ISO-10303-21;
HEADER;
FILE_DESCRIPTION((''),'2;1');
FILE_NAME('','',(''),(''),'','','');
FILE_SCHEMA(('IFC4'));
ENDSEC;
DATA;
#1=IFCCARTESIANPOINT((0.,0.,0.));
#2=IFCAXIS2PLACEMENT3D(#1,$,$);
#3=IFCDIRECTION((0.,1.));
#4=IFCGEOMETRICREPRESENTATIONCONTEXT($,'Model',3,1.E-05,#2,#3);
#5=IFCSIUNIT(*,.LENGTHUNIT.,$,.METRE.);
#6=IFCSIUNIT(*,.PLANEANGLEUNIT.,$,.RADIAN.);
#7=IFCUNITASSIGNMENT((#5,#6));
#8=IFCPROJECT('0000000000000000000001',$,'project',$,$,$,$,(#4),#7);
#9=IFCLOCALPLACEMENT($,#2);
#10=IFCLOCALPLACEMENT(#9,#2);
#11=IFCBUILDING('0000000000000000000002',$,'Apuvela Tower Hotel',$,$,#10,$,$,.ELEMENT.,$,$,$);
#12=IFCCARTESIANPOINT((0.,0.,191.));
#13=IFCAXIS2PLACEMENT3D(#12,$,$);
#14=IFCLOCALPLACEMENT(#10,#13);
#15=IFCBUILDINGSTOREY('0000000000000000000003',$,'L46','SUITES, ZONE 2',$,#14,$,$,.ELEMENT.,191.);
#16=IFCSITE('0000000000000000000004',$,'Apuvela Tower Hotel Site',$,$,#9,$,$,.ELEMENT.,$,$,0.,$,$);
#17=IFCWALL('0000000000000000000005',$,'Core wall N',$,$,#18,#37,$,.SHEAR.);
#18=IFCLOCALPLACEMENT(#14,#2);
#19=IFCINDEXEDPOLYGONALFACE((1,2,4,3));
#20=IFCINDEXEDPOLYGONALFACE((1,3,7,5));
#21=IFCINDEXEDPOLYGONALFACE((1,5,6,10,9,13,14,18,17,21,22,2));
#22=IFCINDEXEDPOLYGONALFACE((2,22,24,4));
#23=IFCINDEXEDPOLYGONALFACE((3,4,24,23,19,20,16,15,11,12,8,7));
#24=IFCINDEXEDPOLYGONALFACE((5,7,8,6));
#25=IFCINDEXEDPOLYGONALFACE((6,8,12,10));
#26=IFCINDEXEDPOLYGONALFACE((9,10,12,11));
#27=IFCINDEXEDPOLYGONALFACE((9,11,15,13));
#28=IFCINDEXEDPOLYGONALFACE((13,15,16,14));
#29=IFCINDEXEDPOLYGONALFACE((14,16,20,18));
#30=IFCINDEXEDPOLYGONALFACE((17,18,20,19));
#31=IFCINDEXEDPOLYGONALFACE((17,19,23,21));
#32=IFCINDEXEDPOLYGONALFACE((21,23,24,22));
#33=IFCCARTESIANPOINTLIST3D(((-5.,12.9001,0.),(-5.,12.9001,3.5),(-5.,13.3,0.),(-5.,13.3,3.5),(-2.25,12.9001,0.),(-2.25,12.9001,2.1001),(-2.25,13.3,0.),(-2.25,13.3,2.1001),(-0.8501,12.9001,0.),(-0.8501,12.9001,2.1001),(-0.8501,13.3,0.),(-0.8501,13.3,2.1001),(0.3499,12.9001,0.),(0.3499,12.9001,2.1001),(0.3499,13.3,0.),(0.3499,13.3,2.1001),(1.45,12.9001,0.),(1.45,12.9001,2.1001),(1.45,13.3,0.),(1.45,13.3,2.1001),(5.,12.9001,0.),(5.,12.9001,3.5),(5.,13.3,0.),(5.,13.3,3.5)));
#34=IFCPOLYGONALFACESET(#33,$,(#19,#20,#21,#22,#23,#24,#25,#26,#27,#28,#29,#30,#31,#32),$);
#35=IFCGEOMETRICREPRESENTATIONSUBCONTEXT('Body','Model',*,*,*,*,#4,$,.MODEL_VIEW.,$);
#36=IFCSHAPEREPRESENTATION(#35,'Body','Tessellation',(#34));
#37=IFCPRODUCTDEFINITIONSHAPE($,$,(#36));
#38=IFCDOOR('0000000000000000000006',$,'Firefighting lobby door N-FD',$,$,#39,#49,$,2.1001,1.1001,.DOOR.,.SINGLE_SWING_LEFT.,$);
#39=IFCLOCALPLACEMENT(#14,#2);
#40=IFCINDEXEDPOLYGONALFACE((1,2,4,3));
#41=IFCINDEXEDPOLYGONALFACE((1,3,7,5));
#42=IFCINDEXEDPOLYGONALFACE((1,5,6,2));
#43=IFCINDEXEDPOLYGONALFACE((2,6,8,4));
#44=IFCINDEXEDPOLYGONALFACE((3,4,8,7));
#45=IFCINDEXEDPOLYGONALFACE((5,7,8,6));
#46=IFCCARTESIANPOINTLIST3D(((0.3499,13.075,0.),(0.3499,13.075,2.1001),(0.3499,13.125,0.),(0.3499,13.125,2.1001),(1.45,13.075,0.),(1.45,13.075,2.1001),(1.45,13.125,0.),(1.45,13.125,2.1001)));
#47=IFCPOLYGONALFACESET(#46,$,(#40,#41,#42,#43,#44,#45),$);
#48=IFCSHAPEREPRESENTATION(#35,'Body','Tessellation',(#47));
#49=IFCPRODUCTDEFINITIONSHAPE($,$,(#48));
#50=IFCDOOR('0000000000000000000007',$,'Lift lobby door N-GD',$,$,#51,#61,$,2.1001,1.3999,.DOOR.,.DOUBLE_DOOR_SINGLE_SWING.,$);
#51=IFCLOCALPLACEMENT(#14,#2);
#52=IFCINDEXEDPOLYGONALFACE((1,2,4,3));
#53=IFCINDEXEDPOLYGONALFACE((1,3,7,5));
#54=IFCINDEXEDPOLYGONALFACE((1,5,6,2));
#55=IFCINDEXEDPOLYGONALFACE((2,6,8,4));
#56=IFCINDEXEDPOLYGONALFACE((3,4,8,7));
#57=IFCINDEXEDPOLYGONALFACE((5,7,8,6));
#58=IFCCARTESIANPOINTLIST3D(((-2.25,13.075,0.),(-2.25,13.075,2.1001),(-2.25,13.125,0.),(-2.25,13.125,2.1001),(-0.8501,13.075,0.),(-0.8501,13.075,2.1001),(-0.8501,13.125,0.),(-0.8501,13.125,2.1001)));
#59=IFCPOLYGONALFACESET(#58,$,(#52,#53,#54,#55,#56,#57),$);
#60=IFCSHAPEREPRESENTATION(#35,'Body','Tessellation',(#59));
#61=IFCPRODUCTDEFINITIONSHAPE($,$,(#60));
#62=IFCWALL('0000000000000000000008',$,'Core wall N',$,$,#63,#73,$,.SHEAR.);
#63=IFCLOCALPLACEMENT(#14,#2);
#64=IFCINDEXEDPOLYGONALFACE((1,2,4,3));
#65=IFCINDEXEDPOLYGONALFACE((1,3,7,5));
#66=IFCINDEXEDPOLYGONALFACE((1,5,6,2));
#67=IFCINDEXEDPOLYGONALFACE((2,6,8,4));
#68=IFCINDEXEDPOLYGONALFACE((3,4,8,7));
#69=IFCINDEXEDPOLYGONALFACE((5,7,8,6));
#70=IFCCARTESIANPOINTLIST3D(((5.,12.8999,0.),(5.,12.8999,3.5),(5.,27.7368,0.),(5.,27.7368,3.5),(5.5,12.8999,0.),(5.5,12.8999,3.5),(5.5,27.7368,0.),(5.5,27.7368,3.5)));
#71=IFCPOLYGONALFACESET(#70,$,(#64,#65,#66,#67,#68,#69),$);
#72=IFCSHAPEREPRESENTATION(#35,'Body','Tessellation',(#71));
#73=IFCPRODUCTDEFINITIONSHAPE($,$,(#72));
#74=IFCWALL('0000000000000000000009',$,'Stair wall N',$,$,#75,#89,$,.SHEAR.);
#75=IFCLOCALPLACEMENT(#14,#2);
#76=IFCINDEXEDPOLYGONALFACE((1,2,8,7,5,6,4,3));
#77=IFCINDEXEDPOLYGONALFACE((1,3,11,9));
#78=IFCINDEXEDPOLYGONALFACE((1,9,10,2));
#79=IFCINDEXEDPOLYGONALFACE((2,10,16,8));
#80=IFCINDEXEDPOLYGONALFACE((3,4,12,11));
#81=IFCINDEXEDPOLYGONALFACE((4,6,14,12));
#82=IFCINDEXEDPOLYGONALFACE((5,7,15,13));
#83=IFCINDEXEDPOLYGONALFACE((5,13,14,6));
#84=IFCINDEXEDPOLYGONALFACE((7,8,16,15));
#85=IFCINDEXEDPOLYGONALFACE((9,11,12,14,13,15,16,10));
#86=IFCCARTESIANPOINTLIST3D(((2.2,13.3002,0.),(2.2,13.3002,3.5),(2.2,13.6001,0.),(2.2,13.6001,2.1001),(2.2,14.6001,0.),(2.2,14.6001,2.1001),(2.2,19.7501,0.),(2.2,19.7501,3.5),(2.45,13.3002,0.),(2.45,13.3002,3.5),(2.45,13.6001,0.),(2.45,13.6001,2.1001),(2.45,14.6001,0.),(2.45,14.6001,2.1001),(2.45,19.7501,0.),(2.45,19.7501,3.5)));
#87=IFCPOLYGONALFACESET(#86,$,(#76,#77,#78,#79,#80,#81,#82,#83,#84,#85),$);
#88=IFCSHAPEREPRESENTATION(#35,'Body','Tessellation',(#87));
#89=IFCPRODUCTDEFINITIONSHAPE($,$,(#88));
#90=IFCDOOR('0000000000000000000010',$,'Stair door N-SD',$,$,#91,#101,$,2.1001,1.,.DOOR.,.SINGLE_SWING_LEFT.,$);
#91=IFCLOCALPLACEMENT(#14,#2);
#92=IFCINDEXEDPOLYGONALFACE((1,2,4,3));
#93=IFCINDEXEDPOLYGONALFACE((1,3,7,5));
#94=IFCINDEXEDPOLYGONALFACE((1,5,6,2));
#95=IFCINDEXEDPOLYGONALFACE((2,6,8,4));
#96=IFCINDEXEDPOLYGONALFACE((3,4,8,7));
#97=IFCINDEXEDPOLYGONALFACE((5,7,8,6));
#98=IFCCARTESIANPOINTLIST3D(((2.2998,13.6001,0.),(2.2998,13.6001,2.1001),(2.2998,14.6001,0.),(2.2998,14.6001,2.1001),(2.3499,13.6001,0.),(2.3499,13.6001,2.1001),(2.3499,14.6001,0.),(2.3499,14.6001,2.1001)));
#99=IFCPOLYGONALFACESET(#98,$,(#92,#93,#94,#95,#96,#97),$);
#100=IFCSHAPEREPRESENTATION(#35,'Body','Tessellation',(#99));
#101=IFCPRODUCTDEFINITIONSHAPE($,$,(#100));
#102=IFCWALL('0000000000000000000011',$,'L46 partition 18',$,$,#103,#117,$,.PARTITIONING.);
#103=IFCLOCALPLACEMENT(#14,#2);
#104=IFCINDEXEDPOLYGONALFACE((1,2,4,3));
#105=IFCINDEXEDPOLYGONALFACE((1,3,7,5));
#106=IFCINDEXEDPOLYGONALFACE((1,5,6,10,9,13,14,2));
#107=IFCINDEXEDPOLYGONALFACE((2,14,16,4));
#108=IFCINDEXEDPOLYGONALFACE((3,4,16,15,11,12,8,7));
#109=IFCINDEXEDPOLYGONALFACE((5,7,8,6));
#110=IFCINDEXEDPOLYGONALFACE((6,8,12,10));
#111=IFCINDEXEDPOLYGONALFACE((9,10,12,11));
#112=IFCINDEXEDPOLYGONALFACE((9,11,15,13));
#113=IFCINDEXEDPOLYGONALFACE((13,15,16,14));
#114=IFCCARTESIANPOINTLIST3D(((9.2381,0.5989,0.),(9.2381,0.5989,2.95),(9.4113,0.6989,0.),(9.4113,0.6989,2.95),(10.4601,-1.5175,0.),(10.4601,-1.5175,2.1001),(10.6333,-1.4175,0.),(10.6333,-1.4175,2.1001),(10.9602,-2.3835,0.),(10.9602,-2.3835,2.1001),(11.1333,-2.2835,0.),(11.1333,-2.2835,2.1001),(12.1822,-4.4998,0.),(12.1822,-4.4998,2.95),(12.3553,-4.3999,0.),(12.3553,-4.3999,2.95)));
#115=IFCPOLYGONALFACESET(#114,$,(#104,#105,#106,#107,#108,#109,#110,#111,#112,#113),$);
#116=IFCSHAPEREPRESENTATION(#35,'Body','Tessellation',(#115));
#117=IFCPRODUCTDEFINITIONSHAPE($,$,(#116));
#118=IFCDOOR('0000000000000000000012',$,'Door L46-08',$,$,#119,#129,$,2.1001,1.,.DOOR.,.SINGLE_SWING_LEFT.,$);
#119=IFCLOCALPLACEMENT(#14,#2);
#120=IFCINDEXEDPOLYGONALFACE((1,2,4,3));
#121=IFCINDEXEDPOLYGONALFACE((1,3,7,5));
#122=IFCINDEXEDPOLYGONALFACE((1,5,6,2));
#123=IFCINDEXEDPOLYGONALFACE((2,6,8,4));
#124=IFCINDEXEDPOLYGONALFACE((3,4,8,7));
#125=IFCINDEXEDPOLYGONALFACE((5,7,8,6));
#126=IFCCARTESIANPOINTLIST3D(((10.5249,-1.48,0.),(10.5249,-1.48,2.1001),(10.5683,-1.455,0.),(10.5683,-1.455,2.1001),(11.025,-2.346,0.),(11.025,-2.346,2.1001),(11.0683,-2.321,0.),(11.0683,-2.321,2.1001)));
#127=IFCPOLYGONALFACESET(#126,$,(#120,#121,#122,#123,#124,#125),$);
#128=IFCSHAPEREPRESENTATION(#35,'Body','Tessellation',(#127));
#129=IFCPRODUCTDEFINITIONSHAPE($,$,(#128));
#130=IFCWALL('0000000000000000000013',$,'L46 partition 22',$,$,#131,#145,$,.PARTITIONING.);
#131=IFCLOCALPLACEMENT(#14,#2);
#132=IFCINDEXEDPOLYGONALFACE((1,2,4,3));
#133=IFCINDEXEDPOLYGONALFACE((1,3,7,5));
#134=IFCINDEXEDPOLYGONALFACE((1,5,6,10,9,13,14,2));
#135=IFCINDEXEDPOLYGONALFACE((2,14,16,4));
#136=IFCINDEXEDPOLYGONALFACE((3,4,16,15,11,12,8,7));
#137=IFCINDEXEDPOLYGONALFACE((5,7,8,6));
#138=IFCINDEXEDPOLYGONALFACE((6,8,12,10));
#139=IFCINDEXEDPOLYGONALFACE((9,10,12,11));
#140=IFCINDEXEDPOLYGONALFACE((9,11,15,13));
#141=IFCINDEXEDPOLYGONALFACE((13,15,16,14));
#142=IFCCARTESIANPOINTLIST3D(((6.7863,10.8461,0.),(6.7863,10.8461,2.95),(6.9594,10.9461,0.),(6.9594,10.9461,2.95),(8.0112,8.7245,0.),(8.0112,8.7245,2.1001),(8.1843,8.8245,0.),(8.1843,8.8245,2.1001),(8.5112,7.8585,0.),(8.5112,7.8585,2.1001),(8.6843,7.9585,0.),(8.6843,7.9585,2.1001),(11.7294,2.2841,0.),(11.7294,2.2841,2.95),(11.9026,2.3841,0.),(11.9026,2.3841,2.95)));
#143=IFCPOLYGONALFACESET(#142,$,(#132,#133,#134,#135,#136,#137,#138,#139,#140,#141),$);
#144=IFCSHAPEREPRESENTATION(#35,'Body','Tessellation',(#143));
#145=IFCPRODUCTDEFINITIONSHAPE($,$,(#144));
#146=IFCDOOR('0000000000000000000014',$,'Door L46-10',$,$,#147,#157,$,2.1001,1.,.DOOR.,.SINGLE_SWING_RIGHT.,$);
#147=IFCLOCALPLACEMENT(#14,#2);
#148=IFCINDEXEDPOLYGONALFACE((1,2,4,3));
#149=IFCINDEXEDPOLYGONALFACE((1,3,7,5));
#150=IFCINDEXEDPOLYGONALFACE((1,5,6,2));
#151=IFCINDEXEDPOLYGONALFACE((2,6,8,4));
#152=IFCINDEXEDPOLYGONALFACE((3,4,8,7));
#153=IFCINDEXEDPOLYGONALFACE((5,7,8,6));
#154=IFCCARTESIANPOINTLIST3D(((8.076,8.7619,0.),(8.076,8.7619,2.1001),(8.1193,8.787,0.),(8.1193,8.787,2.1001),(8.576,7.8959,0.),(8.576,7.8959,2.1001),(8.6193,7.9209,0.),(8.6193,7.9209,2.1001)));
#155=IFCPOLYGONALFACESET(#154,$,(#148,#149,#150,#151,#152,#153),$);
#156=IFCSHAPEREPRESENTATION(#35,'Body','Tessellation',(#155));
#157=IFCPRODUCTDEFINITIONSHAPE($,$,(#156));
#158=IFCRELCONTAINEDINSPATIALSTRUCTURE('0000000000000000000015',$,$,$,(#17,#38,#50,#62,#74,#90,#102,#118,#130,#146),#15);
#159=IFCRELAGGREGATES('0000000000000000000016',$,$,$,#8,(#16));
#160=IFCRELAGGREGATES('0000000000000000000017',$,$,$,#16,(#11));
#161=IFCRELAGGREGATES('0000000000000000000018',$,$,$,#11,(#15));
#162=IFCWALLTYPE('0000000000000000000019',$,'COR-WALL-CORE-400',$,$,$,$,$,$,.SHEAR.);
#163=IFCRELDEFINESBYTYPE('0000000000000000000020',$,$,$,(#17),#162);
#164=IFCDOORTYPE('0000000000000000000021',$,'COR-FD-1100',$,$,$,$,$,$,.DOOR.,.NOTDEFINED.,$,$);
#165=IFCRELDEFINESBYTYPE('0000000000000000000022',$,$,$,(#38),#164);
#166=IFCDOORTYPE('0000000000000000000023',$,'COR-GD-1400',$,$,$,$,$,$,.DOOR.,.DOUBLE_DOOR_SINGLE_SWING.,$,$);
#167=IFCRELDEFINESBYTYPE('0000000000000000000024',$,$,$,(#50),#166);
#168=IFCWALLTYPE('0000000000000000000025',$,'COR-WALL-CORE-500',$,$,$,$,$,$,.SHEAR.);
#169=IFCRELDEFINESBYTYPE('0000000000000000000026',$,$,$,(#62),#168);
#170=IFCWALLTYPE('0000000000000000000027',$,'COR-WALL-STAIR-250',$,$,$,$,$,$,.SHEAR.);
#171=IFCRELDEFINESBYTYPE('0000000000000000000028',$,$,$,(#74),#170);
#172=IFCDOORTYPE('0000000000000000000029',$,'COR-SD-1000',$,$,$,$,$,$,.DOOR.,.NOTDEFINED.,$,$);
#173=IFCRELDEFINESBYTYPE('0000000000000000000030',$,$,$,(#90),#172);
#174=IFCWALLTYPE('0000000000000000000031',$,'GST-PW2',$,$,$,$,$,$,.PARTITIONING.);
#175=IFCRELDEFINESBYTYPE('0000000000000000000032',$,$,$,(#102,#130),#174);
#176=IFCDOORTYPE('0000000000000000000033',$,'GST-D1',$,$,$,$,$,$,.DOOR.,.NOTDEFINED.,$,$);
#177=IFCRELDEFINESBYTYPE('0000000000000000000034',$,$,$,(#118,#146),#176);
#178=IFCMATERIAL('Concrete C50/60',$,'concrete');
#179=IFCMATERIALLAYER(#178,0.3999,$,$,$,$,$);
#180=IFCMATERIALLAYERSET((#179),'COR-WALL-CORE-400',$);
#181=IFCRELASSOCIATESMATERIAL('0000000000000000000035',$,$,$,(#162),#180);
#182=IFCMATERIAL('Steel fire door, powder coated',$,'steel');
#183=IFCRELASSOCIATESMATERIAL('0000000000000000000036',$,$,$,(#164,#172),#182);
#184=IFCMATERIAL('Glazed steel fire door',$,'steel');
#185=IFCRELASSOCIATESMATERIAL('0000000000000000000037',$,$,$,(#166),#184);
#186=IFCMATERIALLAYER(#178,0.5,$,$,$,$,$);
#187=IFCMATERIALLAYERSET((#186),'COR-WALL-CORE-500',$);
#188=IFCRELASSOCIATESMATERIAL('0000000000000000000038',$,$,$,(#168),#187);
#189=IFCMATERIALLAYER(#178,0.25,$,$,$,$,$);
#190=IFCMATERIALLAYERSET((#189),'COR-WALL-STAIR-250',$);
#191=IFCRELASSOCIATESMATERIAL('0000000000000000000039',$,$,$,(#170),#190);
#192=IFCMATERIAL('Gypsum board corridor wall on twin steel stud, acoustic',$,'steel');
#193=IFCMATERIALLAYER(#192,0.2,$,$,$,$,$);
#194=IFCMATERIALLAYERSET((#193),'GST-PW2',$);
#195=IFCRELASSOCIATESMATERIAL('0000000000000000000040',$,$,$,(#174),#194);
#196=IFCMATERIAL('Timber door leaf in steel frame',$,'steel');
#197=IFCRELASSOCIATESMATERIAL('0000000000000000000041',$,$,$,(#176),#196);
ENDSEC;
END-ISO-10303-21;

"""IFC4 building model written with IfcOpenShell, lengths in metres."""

from ifc_helpers import new_model, si_unit, direction, frame, frame_2d, origin, place, context, subcontext, project, spatial, rectangle, extrude, material, layer, layer_set, type_object, element, fill, save


model = new_model("IFC4")

# Units and contexts
model_context = context("Model", 3, precision=1e-05, world=origin(), true_north=direction((0.0, 1.0)))
body_context = subcontext(model_context, "Body", "Model", "MODEL_VIEW")
ifc_project = project(units=[si_unit("LENGTHUNIT", "METRE"), si_unit("PLANEANGLEUNIT", "RADIAN")], contexts=[model_context])

# Site, building, storey
site_placement = place(None, origin())
site = spatial("IfcSite", under=ifc_project, at=site_placement, Name="Apuvela Tower Hotel Site", CompositionType="ELEMENT", RefElevation=0.0)
building_placement = place(site_placement, origin())
building = spatial("IfcBuilding", under=site, at=building_placement, Name="Apuvela Tower Hotel", CompositionType="ELEMENT")
storey_placement = place(building_placement, frame((0.0, 0.0, 191.0)))
storey = spatial("IfcBuildingStorey", under=building, at=storey_placement, Name="L46", Description="SUITES, ZONE 2", CompositionType="ELEMENT", Elevation=191.0)

# Shared definitions
ifc_material_1 = material(Name="Concrete C50/60", Category="concrete")

# Wall, openings, doors
ifc_layer_1 = layer(ifc_material_1, 0.3999)
ifc_layer_set_1 = layer_set([ifc_layer_1], Name="COR-WALL-CORE-400")
wall_type_1 = type_object("IfcWallType", Name="COR-WALL-CORE-400", PredefinedType="SHEAR", material=ifc_layer_set_1)
wall_1_placement = place(storey_placement, frame((5.0, 13.1001, 0.0), z_axis=(0.0, 0.0, 1.0), x_axis=(-1.0, 0.0, 0.0)))
wall_1 = element("IfcWall", 1, at=wall_1_placement, inside=storey, type_object=wall_type_1, Name="Core wall N", PredefinedType="SHEAR", context=body_context, shape_type="SweptSolid", body=[
    extrude(rectangle(XDim=10.0, YDim=0.3999, at=frame_2d((5.0, 0.0))), origin(), (0.0, 0.0, 1.0), 3.5),
])
opening_1_placement = place(wall_1_placement, frame((3.55, 0.0, 0.0)))
opening_1 = element("IfcOpeningElement", 2, at=opening_1_placement, cuts=wall_1, PredefinedType="OPENING", context=body_context, shape_type="SweptSolid", body=[
    extrude(rectangle(XDim=1.1001, YDim=2.1001, at=frame_2d((0.55, 1.05))), frame((0.0, 0.21, 0.0), z_axis=(0.0, -1.0, 0.0), x_axis=(1.0, 0.0, 0.0)), (0.0, 0.0, 1.0), 0.4199),
])
opening_2_placement = place(wall_1_placement, frame((5.8501, 0.0, 0.0)))
opening_2 = element("IfcOpeningElement", 3, at=opening_2_placement, cuts=wall_1, PredefinedType="OPENING", context=body_context, shape_type="SweptSolid", body=[
    extrude(rectangle(XDim=1.3999, YDim=2.1001, at=frame_2d((0.7, 1.05))), frame((0.0, 0.21, 0.0), z_axis=(0.0, -1.0, 0.0), x_axis=(1.0, 0.0, 0.0)), (0.0, 0.0, 1.0), 0.4199),
])
ifc_material_2 = material(Name="Steel fire door, powder coated", Category="steel")
door_type_1 = type_object("IfcDoorType", Name="COR-FD-1100", OperationType="NOTDEFINED", PredefinedType="DOOR", material=ifc_material_2)
door_1_placement = place(opening_1_placement, frame((1.1001, 0.0, 0.0), z_axis=(0.0, 0.0, 1.0), x_axis=(-1.0, 0.0, 0.0)))
door_1 = element("IfcDoor", 4, at=door_1_placement, inside=storey, type_object=door_type_1, Name="Firefighting lobby door N-FD", OperationType="SINGLE_SWING_LEFT", OverallHeight=2.1001, OverallWidth=1.1001, PredefinedType="DOOR", context=body_context, shape_type="SweptSolid", body=[
    extrude(rectangle(XDim=1.1001, YDim=2.1001, at=frame_2d((0.55, 1.05))), frame((0.0, 0.0249, 0.0), z_axis=(0.0, -1.0, 0.0), x_axis=(1.0, 0.0, 0.0)), (0.0, 0.0, 1.0), 0.05),
])
fill(opening_1, door_1)
ifc_material_3 = material(Name="Glazed steel fire door", Category="steel")
door_type_2 = type_object("IfcDoorType", Name="COR-GD-1400", OperationType="DOUBLE_DOOR_SINGLE_SWING", PredefinedType="DOOR", material=ifc_material_3)
door_2_placement = place(opening_2_placement, frame((1.3999, 0.0, 0.0), z_axis=(0.0, 0.0, 1.0), x_axis=(-1.0, 0.0, 0.0)))
door_2 = element("IfcDoor", 5, at=door_2_placement, inside=storey, type_object=door_type_2, Name="Lift lobby door N-GD", OperationType="DOUBLE_DOOR_SINGLE_SWING", OverallHeight=2.1001, OverallWidth=1.3999, PredefinedType="DOOR", context=body_context, shape_type="SweptSolid", body=[
    extrude(rectangle(XDim=1.3999, YDim=2.1001, at=frame_2d((0.7, 1.05))), frame((0.0, 0.0249, 0.0), z_axis=(0.0, -1.0, 0.0), x_axis=(1.0, 0.0, 0.0)), (0.0, 0.0, 1.0), 0.05),
])
fill(opening_2, door_2)

# Wall
ifc_layer_2 = layer(ifc_material_1, 0.5)
ifc_layer_set_2 = layer_set([ifc_layer_2], Name="COR-WALL-CORE-500")
wall_type_2 = type_object("IfcWallType", Name="COR-WALL-CORE-500", PredefinedType="SHEAR", material=ifc_layer_set_2)
wall_2_placement = place(storey_placement, frame((5.25, 12.8999, 0.0), z_axis=(0.0, 0.0, 1.0), x_axis=(0.0, 1.0, 0.0)))
element("IfcWall", 6, at=wall_2_placement, inside=storey, type_object=wall_type_2, Name="Core wall N", PredefinedType="SHEAR", context=body_context, shape_type="SweptSolid", body=[
    extrude(rectangle(XDim=14.8369, YDim=0.5, at=frame_2d((7.4185, 0.0))), origin(), (0.0, 0.0, 1.0), 3.5),
])

# Walls, openings, doors
ifc_layer_3 = layer(ifc_material_1, 0.25)
ifc_layer_set_3 = layer_set([ifc_layer_3], Name="COR-WALL-STAIR-250")
wall_type_3 = type_object("IfcWallType", Name="COR-WALL-STAIR-250", PredefinedType="SHEAR", material=ifc_layer_set_3)
wall_3_placement = place(storey_placement, frame((2.325, 13.3, 0.0), z_axis=(0.0, 0.0, 1.0), x_axis=(0.0, 1.0, 0.0)))
wall_3 = element("IfcWall", 7, at=wall_3_placement, inside=storey, type_object=wall_type_3, Name="Stair wall N", PredefinedType="SHEAR", context=body_context, shape_type="SweptSolid", body=[
    extrude(rectangle(XDim=6.45, YDim=0.25, at=frame_2d((3.2251, 0.0))), origin(), (0.0, 0.0, 1.0), 3.5),
])
opening_3_placement = place(wall_3_placement, frame((0.3, 0.0, 0.0)))
opening_3 = element("IfcOpeningElement", 8, at=opening_3_placement, cuts=wall_3, PredefinedType="OPENING", context=body_context, shape_type="SweptSolid", body=[
    extrude(rectangle(XDim=1.0, YDim=2.1001, at=frame_2d((0.5, 1.05))), frame((0.0, 0.135, 0.0), z_axis=(0.0, -1.0, 0.0), x_axis=(1.0, 0.0, 0.0)), (0.0, 0.0, 1.0), 0.27),
])
door_type_3 = type_object("IfcDoorType", Name="COR-SD-1000", OperationType="NOTDEFINED", PredefinedType="DOOR", material=ifc_material_2)
door_3_placement = place(opening_3_placement, frame((1.0, 0.0, 0.0), z_axis=(0.0, 0.0, 1.0), x_axis=(-1.0, 0.0, 0.0)))
door_3 = element("IfcDoor", 9, at=door_3_placement, inside=storey, type_object=door_type_3, Name="Stair door N-SD", OperationType="SINGLE_SWING_LEFT", OverallHeight=2.1001, OverallWidth=1.0, PredefinedType="DOOR", context=body_context, shape_type="SweptSolid", body=[
    extrude(rectangle(XDim=1.0, YDim=2.1001, at=frame_2d((0.5, 1.05))), frame((0.0, 0.0249, 0.0), z_axis=(0.0, -1.0, 0.0), x_axis=(1.0, 0.0, 0.0)), (0.0, 0.0, 1.0), 0.05),
])
fill(opening_3, door_3)
ifc_material_4 = material(Name="Gypsum board corridor wall on twin steel stud, acoustic", Category="steel")
ifc_layer_4 = layer(ifc_material_4, 0.2)
ifc_layer_set_4 = layer_set([ifc_layer_4], Name="GST-PW2")
wall_type_4 = type_object("IfcWallType", Name="GST-PW2", PredefinedType="PARTITIONING", material=ifc_layer_set_4)
wall_4_placement = place(storey_placement, frame((9.3247, 0.6489, 0.0), z_axis=(0.0, 0.0, 1.0), x_axis=(0.500032, -0.866007, 0.0)))
wall_4 = element("IfcWall", 10, at=wall_4_placement, inside=storey, type_object=wall_type_4, Name="L46 partition 18", PredefinedType="PARTITIONING", context=body_context, shape_type="SweptSolid", body=[
    extrude(rectangle(XDim=5.8877, YDim=0.2, at=frame_2d((2.9438, 0.0))), origin(), (0.0, 0.0, 1.0), 2.95),
])
opening_4_placement = place(wall_4_placement, frame((2.4438, 0.0, 0.0)))
opening_4 = element("IfcOpeningElement", 11, at=opening_4_placement, cuts=wall_4, PredefinedType="OPENING", context=body_context, shape_type="SweptSolid", body=[
    extrude(rectangle(XDim=1.0, YDim=2.1001, at=frame_2d((0.5, 1.05))), frame((0.0, 0.1099, 0.0), z_axis=(0.0, -1.0, 0.0), x_axis=(1.0, 0.0, 0.0)), (0.0, 0.0, 1.0), 0.22),
])
ifc_material_5 = material(Name="Timber door leaf in steel frame", Category="steel")
door_type_4 = type_object("IfcDoorType", Name="GST-D1", OperationType="NOTDEFINED", PredefinedType="DOOR", material=ifc_material_5)
door_4_placement = place(opening_4_placement, origin())
door_4 = element("IfcDoor", 12, at=door_4_placement, inside=storey, type_object=door_type_4, Name="Door L46-08", OperationType="SINGLE_SWING_LEFT", OverallHeight=2.1001, OverallWidth=1.0, PredefinedType="DOOR", context=body_context, shape_type="SweptSolid", body=[
    extrude(rectangle(XDim=1.0, YDim=2.1001, at=frame_2d((0.5, 1.05))), frame((0.0, 0.0249, 0.0), z_axis=(0.0, -1.0, 0.0), x_axis=(1.0, 0.0, 0.0)), (0.0, 0.0, 1.0), 0.05),
])
fill(opening_4, door_4)
wall_5_placement = place(storey_placement, frame((6.8728, 10.8962, 0.0), z_axis=(0.0, 0.0, 1.0), x_axis=(0.499988, -0.866033, 0.0)))
wall_5 = element("IfcWall", 13, at=wall_5_placement, inside=storey, type_object=wall_type_4, Name="L46 partition 22", PredefinedType="PARTITIONING", context=body_context, shape_type="SweptSolid", body=[
    extrude(rectangle(XDim=9.8865, YDim=0.2, at=frame_2d((4.9434, 0.0))), origin(), (0.0, 0.0, 1.0), 2.95),
])
opening_5_placement = place(wall_5_placement, frame((2.45, 0.0, 0.0)))
opening_5 = element("IfcOpeningElement", 14, at=opening_5_placement, cuts=wall_5, PredefinedType="OPENING", context=body_context, shape_type="SweptSolid", body=[
    extrude(rectangle(XDim=1.0, YDim=2.1001, at=frame_2d((0.5, 1.05))), frame((0.0, 0.1099, 0.0), z_axis=(0.0, -1.0, 0.0), x_axis=(1.0, 0.0, 0.0)), (0.0, 0.0, 1.0), 0.22),
])
door_5_placement = place(opening_5_placement, origin())
door_5 = element("IfcDoor", 15, at=door_5_placement, inside=storey, type_object=door_type_4, Name="Door L46-10", OperationType="SINGLE_SWING_RIGHT", OverallHeight=2.1001, OverallWidth=1.0, PredefinedType="DOOR", context=body_context, shape_type="SweptSolid", body=[
    extrude(rectangle(XDim=1.0, YDim=2.1001, at=frame_2d((0.5, 1.05))), frame((0.0, 0.0249, 0.0), z_axis=(0.0, -1.0, 0.0), x_axis=(1.0, 0.0, 0.0)), (0.0, 0.0, 1.0), 0.05),
])
fill(opening_5, door_5)

save(model, "model.ifc")
